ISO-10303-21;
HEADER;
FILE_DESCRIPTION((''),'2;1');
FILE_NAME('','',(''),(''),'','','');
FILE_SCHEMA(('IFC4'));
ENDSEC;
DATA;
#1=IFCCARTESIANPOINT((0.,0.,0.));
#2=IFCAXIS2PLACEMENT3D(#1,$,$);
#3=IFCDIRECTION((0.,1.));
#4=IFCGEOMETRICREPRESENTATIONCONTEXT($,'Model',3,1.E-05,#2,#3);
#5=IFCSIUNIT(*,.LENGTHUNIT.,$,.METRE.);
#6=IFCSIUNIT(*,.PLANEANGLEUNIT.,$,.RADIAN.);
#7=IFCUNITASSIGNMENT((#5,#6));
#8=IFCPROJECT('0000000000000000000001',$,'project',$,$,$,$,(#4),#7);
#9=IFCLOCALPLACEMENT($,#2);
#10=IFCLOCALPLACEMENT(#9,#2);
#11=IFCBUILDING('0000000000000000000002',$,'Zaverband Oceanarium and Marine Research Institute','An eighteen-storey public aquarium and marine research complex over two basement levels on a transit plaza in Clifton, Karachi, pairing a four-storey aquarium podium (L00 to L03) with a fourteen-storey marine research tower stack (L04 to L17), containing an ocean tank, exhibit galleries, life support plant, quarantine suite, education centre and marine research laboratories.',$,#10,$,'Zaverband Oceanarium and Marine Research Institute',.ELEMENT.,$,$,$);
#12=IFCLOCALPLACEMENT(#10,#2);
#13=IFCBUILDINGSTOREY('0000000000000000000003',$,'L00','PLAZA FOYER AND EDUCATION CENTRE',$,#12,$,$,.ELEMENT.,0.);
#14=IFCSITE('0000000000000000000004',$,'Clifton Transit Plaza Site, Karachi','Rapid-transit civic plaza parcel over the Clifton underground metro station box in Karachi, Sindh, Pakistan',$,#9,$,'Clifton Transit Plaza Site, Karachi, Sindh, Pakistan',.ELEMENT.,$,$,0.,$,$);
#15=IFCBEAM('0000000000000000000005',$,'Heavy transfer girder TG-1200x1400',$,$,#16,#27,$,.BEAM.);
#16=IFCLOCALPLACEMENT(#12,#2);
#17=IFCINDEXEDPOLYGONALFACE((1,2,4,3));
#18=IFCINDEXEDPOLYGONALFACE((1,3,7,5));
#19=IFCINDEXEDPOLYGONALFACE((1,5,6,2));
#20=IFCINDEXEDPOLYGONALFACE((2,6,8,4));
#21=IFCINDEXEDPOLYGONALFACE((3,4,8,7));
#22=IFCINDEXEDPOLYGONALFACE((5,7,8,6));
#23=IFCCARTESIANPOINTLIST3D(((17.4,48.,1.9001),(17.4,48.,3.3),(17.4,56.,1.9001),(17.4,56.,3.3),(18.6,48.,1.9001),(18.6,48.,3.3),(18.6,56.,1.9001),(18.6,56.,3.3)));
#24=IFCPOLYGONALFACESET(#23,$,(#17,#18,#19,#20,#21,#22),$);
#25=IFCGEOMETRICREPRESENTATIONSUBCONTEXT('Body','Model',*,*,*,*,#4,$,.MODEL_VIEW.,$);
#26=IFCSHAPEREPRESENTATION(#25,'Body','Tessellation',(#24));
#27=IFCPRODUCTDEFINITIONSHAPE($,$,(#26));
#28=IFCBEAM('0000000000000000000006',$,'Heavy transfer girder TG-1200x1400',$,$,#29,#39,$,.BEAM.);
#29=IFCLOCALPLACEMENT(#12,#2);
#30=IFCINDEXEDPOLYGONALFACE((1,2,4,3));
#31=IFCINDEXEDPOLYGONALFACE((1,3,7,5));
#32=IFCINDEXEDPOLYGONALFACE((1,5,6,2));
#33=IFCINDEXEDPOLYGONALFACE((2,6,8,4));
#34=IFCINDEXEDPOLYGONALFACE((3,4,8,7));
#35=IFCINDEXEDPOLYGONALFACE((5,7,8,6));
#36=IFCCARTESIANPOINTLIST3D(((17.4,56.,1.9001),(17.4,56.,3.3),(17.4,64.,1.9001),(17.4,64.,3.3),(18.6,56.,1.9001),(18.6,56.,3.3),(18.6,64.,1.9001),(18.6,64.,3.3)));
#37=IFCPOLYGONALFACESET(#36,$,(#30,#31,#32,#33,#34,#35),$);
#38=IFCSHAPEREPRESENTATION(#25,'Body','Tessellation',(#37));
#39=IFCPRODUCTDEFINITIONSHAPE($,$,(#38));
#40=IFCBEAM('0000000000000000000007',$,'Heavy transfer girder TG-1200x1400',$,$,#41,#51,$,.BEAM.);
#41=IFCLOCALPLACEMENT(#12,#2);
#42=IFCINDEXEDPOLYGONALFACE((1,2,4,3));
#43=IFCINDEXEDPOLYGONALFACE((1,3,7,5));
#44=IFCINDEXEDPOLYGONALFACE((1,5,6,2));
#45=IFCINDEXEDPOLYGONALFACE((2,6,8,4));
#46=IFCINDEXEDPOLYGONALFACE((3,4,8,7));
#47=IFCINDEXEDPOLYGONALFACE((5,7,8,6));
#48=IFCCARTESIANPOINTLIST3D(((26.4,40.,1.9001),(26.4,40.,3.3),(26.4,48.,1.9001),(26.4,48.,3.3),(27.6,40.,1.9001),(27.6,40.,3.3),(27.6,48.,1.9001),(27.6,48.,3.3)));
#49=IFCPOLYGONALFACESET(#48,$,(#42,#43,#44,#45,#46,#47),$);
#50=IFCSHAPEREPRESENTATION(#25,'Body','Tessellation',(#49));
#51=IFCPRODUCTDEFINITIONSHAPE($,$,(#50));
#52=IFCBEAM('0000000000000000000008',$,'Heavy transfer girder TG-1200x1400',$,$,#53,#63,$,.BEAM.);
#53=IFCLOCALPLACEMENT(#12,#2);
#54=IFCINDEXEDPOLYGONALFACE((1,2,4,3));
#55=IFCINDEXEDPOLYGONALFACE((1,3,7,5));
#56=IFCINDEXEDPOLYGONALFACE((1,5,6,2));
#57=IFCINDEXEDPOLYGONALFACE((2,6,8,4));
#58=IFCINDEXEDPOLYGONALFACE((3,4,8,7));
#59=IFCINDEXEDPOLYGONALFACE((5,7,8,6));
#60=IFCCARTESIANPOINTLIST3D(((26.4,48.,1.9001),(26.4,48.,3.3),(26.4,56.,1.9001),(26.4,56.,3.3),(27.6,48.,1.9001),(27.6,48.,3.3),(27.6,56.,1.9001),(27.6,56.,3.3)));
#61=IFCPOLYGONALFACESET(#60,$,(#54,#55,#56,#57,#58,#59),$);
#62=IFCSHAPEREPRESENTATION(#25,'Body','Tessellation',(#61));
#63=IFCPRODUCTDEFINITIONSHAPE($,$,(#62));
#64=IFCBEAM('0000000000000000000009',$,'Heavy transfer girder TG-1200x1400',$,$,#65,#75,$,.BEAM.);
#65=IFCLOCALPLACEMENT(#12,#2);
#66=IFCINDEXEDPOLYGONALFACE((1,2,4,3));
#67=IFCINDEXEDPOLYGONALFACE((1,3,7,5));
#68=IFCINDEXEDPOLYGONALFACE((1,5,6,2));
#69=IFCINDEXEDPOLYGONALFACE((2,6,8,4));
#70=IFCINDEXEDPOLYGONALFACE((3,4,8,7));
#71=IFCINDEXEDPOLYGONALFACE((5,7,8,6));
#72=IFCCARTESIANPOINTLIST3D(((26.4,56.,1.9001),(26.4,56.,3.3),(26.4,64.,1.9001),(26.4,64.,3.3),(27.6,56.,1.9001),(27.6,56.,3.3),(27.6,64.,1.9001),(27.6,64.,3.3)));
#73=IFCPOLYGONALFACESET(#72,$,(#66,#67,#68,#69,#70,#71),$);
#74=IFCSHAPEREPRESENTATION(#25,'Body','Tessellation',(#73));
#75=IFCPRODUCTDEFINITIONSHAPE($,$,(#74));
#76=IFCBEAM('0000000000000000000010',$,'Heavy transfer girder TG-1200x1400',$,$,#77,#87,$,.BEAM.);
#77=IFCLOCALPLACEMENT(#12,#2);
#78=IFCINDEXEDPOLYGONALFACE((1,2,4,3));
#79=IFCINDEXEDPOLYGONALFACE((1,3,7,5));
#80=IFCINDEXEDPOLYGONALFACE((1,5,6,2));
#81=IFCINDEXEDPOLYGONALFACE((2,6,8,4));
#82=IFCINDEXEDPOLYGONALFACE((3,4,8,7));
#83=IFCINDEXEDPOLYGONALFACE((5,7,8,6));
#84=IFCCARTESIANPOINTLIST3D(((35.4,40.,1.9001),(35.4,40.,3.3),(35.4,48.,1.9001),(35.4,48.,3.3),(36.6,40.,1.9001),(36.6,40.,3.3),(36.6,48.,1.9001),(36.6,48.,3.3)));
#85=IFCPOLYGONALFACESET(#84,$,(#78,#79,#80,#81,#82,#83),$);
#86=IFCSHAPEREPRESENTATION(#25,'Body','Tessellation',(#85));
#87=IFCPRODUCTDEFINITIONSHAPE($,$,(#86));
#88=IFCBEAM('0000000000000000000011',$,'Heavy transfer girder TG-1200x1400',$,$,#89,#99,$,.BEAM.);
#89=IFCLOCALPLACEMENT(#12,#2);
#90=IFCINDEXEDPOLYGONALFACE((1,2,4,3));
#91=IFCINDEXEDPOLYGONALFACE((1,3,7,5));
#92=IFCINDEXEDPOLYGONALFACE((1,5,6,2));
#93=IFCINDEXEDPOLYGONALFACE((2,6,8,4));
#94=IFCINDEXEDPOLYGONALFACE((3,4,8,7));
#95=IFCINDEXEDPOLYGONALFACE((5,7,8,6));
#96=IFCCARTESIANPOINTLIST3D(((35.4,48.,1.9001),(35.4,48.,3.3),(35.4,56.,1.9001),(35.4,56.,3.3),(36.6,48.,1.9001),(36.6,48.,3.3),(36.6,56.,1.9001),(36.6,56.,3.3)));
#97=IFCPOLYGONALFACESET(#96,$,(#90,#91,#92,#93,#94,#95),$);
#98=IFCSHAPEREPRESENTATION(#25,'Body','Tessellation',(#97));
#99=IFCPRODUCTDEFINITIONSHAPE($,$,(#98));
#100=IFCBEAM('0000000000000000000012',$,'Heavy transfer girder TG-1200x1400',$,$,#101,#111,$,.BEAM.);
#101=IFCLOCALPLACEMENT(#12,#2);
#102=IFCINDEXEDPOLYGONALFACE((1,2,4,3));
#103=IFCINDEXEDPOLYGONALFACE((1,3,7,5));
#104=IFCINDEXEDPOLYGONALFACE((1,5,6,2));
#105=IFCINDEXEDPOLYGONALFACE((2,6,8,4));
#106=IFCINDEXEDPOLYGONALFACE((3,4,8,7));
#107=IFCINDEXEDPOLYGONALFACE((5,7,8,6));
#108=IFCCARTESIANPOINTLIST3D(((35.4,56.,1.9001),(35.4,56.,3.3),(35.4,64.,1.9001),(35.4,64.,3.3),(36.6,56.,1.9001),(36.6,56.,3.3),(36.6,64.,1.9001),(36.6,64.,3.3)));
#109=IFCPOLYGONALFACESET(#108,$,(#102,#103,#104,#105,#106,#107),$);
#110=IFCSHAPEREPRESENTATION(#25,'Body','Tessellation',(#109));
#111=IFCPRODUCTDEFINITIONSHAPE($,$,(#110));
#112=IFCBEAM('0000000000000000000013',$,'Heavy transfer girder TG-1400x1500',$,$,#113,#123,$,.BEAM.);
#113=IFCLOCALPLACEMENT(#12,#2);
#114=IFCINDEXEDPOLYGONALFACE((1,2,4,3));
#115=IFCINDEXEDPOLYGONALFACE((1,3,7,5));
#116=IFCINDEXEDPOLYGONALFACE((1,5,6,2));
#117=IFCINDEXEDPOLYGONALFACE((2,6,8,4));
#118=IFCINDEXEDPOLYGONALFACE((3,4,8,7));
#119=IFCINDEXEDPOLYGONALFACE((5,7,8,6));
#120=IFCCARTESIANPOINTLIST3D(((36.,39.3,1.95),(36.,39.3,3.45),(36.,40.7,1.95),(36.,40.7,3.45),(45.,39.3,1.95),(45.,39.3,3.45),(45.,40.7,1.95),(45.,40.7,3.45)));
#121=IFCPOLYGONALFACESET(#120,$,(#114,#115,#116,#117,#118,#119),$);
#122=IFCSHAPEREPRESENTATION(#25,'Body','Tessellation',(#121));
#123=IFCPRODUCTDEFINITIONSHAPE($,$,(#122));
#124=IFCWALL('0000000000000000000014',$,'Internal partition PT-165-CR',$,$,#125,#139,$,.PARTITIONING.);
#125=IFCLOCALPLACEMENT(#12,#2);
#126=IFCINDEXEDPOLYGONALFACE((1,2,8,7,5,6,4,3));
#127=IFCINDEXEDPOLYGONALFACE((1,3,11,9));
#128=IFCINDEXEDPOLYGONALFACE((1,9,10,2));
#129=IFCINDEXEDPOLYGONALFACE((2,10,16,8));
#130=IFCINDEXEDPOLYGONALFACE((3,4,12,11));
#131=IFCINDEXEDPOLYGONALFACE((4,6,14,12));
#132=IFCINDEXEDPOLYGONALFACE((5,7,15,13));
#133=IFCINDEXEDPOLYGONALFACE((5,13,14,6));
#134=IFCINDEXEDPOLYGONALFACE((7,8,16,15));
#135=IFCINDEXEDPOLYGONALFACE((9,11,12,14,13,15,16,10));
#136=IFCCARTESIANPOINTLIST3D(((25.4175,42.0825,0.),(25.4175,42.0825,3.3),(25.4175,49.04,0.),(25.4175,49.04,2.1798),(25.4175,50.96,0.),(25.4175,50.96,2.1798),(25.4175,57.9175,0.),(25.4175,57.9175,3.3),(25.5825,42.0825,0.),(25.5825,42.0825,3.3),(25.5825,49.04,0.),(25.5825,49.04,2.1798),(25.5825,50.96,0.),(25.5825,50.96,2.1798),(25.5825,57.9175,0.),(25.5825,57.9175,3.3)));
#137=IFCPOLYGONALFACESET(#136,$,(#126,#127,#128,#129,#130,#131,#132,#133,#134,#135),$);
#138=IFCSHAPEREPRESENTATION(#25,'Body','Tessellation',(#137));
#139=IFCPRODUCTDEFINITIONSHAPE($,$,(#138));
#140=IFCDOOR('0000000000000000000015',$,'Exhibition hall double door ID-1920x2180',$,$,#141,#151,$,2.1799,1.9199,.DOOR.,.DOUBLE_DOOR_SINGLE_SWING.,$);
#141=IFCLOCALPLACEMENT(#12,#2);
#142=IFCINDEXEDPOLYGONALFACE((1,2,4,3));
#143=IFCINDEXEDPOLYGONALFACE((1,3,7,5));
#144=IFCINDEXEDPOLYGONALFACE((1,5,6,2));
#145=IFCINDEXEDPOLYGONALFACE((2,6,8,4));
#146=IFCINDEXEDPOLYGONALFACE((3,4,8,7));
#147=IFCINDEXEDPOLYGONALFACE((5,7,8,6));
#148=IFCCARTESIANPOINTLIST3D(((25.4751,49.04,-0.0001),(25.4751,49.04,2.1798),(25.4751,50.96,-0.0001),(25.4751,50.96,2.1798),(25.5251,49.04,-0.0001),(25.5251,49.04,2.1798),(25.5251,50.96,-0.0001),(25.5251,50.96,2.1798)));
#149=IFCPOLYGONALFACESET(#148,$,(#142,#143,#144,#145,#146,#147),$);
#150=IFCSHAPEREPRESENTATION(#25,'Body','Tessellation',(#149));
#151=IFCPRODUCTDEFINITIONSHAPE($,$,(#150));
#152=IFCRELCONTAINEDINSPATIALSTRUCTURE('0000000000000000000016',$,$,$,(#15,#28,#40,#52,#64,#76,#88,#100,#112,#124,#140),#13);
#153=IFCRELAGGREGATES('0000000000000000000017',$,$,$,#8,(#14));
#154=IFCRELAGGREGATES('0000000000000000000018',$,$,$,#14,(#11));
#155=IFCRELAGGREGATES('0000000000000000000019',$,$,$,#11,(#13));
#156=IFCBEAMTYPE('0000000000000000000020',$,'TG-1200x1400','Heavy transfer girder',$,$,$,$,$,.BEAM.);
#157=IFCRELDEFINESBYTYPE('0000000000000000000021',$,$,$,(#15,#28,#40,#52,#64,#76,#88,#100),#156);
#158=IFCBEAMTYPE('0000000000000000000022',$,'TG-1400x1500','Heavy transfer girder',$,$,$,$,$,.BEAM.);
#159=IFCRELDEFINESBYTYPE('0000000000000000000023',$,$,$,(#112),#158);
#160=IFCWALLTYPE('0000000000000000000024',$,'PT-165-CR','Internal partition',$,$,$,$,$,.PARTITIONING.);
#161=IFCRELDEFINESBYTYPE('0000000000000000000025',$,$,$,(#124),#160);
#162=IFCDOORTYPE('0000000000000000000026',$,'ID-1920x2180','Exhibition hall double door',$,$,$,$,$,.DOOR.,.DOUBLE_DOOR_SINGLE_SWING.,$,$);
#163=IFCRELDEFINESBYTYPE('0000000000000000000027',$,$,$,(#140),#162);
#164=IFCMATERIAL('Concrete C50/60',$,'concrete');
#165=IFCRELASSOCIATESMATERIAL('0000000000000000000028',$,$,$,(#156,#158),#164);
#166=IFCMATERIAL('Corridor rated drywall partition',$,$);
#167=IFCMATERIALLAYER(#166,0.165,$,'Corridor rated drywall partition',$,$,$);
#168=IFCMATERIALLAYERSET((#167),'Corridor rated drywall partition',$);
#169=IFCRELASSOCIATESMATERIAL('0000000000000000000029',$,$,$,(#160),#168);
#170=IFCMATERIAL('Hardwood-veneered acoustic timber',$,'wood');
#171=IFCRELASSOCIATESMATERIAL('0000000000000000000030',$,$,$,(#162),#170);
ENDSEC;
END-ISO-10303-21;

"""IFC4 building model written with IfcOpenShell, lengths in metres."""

from ifc_helpers import new_model, si_unit, direction, frame, frame_2d, origin, origin_2d, place, context, subcontext, project, spatial, rectangle, extrude, material, layer, layer_set, material_profile, profile_set, type_object, element, fill, save


model = new_model("IFC4")

# Units and contexts
model_context = context("Model", 3, precision=1e-05, world=origin(), true_north=direction((0.0, 1.0)))
body_context = subcontext(model_context, "Body", "Model", "MODEL_VIEW")
ifc_project = project(units=[si_unit("LENGTHUNIT", "METRE"), si_unit("PLANEANGLEUNIT", "RADIAN")], contexts=[model_context])

# Site, building, storey
site_placement = place(None, origin())
site = spatial("IfcSite", under=ifc_project, at=site_placement, Name="Clifton Transit Plaza Site, Karachi", Description="Rapid-transit civic plaza parcel over the Clifton underground metro station box in Karachi, Sindh, Pakistan", LongName="Clifton Transit Plaza Site, Karachi, Sindh, Pakistan", CompositionType="ELEMENT", RefElevation=0.0)
building_placement = place(site_placement, origin())
building = spatial("IfcBuilding", under=site, at=building_placement, Name="Zaverband Oceanarium and Marine Research Institute", Description="An eighteen-storey public aquarium and marine research complex over two basement levels on a transit plaza in Clifton, Karachi, pairing a four-storey aquarium podium (L00 to L03) with a fourteen-storey marine research tower stack (L04 to L17), containing an ocean tank, exhibit galleries, life support plant, quarantine suite, education centre and marine research laboratories.", LongName="Zaverband Oceanarium and Marine Research Institute", CompositionType="ELEMENT")
storey_placement = place(building_placement, origin())
storey = spatial("IfcBuildingStorey", under=building, at=storey_placement, Name="L00", Description="PLAZA FOYER AND EDUCATION CENTRE", CompositionType="ELEMENT", Elevation=0.0)

# Shared definitions
ifc_material_1 = material(Name="Concrete C50/60", Category="concrete")

# Beams
ifc_material_profile_1 = material_profile(ifc_material_1, rectangle(XDim=1.2, YDim=1.3999, at=origin_2d()), Name="RC1200x1400")
ifc_profile_set_1 = profile_set([ifc_material_profile_1], Name="Concrete C50/60")
beam_type_1 = type_object("IfcBeamType", Name="TG-1200x1400", Description="Heavy transfer girder", PredefinedType="BEAM", material=ifc_profile_set_1)
for number, where, z_axis, x_axis, name in (
    (1, (18.0, 48.0, 2.6001), (0.0, 1.0, 0.0), (-1.0, 0.0, 0.0), "Heavy transfer girder TG-1200x1400"),
    (2, (18.0, 56.0, 2.6001), (0.0, 1.0, 0.0), (-1.0, 0.0, 0.0), "Heavy transfer girder TG-1200x1400"),
    (3, (27.0, 40.0, 2.6001), (0.0, 1.0, 0.0), (-1.0, 0.0, 0.0), "Heavy transfer girder TG-1200x1400"),
    (4, (27.0, 48.0, 2.6001), (0.0, 1.0, 0.0), (-1.0, 0.0, 0.0), "Heavy transfer girder TG-1200x1400"),
    (5, (27.0, 56.0, 2.6001), (0.0, 1.0, 0.0), (-1.0, 0.0, 0.0), "Heavy transfer girder TG-1200x1400"),
    (6, (36.0, 40.0, 2.6001), (0.0, 1.0, 0.0), (-1.0, 0.0, 0.0), "Heavy transfer girder TG-1200x1400"),
    (7, (36.0, 48.0, 2.6001), (0.0, 1.0, 0.0), (-1.0, 0.0, 0.0), "Heavy transfer girder TG-1200x1400"),
    (8, (36.0, 56.0, 2.6001), (0.0, 1.0, 0.0), (-1.0, 0.0, 0.0), "Heavy transfer girder TG-1200x1400"),
):
    element("IfcBeam", number, at=place(storey_placement, frame(where, z_axis=z_axis, x_axis=x_axis)), inside=storey, type_object=beam_type_1, Name=name, PredefinedType="BEAM", context=body_context, shape_type="SweptSolid", body=[
        extrude(rectangle(XDim=1.2, YDim=1.3999, at=origin_2d()), origin(), (0.0, 0.0, 1.0), 8.0),
    ])
ifc_material_profile_2 = material_profile(ifc_material_1, rectangle(XDim=1.3999, YDim=1.5, at=origin_2d()), Name="RC1400x1500")
ifc_profile_set_2 = profile_set([ifc_material_profile_2], Name="Concrete C50/60")
beam_type_2 = type_object("IfcBeamType", Name="TG-1400x1500", Description="Heavy transfer girder", PredefinedType="BEAM", material=ifc_profile_set_2)
beam_placement = place(storey_placement, frame((36.0, 40.0, 2.7), z_axis=(1.0, 0.0, 0.0), x_axis=(0.0, 1.0, 0.0)))
element("IfcBeam", 9, at=beam_placement, inside=storey, type_object=beam_type_2, Name="Heavy transfer girder TG-1400x1500", PredefinedType="BEAM", context=body_context, shape_type="SweptSolid", body=[
    extrude(rectangle(XDim=1.3999, YDim=1.5, at=origin_2d()), origin(), (0.0, 0.0, 1.0), 9.0),
])

# Wall, opening, door
ifc_material_2 = material(Name="Corridor rated drywall partition")
ifc_layer = layer(ifc_material_2, 0.165, Name="Corridor rated drywall partition")
ifc_layer_set = layer_set([ifc_layer], Name="Corridor rated drywall partition")
wall_type = type_object("IfcWallType", Name="PT-165-CR", Description="Internal partition", PredefinedType="PARTITIONING", material=ifc_layer_set)
wall_placement = place(storey_placement, frame((25.5, 42.0825, 0.0), z_axis=(0.0, 0.0, 1.0), x_axis=(0.0, 1.0, 0.0)))
wall = element("IfcWall", 10, at=wall_placement, inside=storey, type_object=wall_type, Name="Internal partition PT-165-CR", PredefinedType="PARTITIONING", context=body_context, shape_type="SweptSolid", body=[
    extrude(rectangle(XDim=15.835, YDim=0.165, at=frame_2d((7.9175, 0.0))), origin(), (0.0, 0.0, 1.0), 3.3),
])
opening_placement = place(wall_placement, frame((6.9575, 0.0, 0.0)))
opening = element("IfcOpeningElement", 11, at=opening_placement, cuts=wall, PredefinedType="OPENING", context=body_context, shape_type="SweptSolid", body=[
    extrude(rectangle(XDim=1.9199, YDim=2.1799, at=frame_2d((0.96, 1.0898))), frame((0.0, 0.0945, 0.0), z_axis=(0.0, -1.0, 0.0), x_axis=(1.0, 0.0, 0.0)), (0.0, 0.0, 1.0), 0.189),
])
ifc_material_3 = material(Name="Hardwood-veneered acoustic timber", Category="wood")
door_type = type_object("IfcDoorType", Name="ID-1920x2180", Description="Exhibition hall double door", OperationType="DOUBLE_DOOR_SINGLE_SWING", PredefinedType="DOOR", material=ifc_material_3)
door_placement = place(opening_placement, origin())
door = element("IfcDoor", 12, at=door_placement, inside=storey, type_object=door_type, Name="Exhibition hall double door ID-1920x2180", OperationType="DOUBLE_DOOR_SINGLE_SWING", OverallHeight=2.1799, OverallWidth=1.9199, PredefinedType="DOOR", context=body_context, shape_type="SweptSolid", body=[
    extrude(rectangle(XDim=1.9199, YDim=2.1799, at=frame_2d((0.96, 1.0898))), frame((0.0, 0.0249, 0.0), z_axis=(0.0, -1.0, 0.0), x_axis=(1.0, 0.0, 0.0)), (0.0, 0.0, 1.0), 0.05),
])
fill(opening, door)

save(model, "model.ifc")
